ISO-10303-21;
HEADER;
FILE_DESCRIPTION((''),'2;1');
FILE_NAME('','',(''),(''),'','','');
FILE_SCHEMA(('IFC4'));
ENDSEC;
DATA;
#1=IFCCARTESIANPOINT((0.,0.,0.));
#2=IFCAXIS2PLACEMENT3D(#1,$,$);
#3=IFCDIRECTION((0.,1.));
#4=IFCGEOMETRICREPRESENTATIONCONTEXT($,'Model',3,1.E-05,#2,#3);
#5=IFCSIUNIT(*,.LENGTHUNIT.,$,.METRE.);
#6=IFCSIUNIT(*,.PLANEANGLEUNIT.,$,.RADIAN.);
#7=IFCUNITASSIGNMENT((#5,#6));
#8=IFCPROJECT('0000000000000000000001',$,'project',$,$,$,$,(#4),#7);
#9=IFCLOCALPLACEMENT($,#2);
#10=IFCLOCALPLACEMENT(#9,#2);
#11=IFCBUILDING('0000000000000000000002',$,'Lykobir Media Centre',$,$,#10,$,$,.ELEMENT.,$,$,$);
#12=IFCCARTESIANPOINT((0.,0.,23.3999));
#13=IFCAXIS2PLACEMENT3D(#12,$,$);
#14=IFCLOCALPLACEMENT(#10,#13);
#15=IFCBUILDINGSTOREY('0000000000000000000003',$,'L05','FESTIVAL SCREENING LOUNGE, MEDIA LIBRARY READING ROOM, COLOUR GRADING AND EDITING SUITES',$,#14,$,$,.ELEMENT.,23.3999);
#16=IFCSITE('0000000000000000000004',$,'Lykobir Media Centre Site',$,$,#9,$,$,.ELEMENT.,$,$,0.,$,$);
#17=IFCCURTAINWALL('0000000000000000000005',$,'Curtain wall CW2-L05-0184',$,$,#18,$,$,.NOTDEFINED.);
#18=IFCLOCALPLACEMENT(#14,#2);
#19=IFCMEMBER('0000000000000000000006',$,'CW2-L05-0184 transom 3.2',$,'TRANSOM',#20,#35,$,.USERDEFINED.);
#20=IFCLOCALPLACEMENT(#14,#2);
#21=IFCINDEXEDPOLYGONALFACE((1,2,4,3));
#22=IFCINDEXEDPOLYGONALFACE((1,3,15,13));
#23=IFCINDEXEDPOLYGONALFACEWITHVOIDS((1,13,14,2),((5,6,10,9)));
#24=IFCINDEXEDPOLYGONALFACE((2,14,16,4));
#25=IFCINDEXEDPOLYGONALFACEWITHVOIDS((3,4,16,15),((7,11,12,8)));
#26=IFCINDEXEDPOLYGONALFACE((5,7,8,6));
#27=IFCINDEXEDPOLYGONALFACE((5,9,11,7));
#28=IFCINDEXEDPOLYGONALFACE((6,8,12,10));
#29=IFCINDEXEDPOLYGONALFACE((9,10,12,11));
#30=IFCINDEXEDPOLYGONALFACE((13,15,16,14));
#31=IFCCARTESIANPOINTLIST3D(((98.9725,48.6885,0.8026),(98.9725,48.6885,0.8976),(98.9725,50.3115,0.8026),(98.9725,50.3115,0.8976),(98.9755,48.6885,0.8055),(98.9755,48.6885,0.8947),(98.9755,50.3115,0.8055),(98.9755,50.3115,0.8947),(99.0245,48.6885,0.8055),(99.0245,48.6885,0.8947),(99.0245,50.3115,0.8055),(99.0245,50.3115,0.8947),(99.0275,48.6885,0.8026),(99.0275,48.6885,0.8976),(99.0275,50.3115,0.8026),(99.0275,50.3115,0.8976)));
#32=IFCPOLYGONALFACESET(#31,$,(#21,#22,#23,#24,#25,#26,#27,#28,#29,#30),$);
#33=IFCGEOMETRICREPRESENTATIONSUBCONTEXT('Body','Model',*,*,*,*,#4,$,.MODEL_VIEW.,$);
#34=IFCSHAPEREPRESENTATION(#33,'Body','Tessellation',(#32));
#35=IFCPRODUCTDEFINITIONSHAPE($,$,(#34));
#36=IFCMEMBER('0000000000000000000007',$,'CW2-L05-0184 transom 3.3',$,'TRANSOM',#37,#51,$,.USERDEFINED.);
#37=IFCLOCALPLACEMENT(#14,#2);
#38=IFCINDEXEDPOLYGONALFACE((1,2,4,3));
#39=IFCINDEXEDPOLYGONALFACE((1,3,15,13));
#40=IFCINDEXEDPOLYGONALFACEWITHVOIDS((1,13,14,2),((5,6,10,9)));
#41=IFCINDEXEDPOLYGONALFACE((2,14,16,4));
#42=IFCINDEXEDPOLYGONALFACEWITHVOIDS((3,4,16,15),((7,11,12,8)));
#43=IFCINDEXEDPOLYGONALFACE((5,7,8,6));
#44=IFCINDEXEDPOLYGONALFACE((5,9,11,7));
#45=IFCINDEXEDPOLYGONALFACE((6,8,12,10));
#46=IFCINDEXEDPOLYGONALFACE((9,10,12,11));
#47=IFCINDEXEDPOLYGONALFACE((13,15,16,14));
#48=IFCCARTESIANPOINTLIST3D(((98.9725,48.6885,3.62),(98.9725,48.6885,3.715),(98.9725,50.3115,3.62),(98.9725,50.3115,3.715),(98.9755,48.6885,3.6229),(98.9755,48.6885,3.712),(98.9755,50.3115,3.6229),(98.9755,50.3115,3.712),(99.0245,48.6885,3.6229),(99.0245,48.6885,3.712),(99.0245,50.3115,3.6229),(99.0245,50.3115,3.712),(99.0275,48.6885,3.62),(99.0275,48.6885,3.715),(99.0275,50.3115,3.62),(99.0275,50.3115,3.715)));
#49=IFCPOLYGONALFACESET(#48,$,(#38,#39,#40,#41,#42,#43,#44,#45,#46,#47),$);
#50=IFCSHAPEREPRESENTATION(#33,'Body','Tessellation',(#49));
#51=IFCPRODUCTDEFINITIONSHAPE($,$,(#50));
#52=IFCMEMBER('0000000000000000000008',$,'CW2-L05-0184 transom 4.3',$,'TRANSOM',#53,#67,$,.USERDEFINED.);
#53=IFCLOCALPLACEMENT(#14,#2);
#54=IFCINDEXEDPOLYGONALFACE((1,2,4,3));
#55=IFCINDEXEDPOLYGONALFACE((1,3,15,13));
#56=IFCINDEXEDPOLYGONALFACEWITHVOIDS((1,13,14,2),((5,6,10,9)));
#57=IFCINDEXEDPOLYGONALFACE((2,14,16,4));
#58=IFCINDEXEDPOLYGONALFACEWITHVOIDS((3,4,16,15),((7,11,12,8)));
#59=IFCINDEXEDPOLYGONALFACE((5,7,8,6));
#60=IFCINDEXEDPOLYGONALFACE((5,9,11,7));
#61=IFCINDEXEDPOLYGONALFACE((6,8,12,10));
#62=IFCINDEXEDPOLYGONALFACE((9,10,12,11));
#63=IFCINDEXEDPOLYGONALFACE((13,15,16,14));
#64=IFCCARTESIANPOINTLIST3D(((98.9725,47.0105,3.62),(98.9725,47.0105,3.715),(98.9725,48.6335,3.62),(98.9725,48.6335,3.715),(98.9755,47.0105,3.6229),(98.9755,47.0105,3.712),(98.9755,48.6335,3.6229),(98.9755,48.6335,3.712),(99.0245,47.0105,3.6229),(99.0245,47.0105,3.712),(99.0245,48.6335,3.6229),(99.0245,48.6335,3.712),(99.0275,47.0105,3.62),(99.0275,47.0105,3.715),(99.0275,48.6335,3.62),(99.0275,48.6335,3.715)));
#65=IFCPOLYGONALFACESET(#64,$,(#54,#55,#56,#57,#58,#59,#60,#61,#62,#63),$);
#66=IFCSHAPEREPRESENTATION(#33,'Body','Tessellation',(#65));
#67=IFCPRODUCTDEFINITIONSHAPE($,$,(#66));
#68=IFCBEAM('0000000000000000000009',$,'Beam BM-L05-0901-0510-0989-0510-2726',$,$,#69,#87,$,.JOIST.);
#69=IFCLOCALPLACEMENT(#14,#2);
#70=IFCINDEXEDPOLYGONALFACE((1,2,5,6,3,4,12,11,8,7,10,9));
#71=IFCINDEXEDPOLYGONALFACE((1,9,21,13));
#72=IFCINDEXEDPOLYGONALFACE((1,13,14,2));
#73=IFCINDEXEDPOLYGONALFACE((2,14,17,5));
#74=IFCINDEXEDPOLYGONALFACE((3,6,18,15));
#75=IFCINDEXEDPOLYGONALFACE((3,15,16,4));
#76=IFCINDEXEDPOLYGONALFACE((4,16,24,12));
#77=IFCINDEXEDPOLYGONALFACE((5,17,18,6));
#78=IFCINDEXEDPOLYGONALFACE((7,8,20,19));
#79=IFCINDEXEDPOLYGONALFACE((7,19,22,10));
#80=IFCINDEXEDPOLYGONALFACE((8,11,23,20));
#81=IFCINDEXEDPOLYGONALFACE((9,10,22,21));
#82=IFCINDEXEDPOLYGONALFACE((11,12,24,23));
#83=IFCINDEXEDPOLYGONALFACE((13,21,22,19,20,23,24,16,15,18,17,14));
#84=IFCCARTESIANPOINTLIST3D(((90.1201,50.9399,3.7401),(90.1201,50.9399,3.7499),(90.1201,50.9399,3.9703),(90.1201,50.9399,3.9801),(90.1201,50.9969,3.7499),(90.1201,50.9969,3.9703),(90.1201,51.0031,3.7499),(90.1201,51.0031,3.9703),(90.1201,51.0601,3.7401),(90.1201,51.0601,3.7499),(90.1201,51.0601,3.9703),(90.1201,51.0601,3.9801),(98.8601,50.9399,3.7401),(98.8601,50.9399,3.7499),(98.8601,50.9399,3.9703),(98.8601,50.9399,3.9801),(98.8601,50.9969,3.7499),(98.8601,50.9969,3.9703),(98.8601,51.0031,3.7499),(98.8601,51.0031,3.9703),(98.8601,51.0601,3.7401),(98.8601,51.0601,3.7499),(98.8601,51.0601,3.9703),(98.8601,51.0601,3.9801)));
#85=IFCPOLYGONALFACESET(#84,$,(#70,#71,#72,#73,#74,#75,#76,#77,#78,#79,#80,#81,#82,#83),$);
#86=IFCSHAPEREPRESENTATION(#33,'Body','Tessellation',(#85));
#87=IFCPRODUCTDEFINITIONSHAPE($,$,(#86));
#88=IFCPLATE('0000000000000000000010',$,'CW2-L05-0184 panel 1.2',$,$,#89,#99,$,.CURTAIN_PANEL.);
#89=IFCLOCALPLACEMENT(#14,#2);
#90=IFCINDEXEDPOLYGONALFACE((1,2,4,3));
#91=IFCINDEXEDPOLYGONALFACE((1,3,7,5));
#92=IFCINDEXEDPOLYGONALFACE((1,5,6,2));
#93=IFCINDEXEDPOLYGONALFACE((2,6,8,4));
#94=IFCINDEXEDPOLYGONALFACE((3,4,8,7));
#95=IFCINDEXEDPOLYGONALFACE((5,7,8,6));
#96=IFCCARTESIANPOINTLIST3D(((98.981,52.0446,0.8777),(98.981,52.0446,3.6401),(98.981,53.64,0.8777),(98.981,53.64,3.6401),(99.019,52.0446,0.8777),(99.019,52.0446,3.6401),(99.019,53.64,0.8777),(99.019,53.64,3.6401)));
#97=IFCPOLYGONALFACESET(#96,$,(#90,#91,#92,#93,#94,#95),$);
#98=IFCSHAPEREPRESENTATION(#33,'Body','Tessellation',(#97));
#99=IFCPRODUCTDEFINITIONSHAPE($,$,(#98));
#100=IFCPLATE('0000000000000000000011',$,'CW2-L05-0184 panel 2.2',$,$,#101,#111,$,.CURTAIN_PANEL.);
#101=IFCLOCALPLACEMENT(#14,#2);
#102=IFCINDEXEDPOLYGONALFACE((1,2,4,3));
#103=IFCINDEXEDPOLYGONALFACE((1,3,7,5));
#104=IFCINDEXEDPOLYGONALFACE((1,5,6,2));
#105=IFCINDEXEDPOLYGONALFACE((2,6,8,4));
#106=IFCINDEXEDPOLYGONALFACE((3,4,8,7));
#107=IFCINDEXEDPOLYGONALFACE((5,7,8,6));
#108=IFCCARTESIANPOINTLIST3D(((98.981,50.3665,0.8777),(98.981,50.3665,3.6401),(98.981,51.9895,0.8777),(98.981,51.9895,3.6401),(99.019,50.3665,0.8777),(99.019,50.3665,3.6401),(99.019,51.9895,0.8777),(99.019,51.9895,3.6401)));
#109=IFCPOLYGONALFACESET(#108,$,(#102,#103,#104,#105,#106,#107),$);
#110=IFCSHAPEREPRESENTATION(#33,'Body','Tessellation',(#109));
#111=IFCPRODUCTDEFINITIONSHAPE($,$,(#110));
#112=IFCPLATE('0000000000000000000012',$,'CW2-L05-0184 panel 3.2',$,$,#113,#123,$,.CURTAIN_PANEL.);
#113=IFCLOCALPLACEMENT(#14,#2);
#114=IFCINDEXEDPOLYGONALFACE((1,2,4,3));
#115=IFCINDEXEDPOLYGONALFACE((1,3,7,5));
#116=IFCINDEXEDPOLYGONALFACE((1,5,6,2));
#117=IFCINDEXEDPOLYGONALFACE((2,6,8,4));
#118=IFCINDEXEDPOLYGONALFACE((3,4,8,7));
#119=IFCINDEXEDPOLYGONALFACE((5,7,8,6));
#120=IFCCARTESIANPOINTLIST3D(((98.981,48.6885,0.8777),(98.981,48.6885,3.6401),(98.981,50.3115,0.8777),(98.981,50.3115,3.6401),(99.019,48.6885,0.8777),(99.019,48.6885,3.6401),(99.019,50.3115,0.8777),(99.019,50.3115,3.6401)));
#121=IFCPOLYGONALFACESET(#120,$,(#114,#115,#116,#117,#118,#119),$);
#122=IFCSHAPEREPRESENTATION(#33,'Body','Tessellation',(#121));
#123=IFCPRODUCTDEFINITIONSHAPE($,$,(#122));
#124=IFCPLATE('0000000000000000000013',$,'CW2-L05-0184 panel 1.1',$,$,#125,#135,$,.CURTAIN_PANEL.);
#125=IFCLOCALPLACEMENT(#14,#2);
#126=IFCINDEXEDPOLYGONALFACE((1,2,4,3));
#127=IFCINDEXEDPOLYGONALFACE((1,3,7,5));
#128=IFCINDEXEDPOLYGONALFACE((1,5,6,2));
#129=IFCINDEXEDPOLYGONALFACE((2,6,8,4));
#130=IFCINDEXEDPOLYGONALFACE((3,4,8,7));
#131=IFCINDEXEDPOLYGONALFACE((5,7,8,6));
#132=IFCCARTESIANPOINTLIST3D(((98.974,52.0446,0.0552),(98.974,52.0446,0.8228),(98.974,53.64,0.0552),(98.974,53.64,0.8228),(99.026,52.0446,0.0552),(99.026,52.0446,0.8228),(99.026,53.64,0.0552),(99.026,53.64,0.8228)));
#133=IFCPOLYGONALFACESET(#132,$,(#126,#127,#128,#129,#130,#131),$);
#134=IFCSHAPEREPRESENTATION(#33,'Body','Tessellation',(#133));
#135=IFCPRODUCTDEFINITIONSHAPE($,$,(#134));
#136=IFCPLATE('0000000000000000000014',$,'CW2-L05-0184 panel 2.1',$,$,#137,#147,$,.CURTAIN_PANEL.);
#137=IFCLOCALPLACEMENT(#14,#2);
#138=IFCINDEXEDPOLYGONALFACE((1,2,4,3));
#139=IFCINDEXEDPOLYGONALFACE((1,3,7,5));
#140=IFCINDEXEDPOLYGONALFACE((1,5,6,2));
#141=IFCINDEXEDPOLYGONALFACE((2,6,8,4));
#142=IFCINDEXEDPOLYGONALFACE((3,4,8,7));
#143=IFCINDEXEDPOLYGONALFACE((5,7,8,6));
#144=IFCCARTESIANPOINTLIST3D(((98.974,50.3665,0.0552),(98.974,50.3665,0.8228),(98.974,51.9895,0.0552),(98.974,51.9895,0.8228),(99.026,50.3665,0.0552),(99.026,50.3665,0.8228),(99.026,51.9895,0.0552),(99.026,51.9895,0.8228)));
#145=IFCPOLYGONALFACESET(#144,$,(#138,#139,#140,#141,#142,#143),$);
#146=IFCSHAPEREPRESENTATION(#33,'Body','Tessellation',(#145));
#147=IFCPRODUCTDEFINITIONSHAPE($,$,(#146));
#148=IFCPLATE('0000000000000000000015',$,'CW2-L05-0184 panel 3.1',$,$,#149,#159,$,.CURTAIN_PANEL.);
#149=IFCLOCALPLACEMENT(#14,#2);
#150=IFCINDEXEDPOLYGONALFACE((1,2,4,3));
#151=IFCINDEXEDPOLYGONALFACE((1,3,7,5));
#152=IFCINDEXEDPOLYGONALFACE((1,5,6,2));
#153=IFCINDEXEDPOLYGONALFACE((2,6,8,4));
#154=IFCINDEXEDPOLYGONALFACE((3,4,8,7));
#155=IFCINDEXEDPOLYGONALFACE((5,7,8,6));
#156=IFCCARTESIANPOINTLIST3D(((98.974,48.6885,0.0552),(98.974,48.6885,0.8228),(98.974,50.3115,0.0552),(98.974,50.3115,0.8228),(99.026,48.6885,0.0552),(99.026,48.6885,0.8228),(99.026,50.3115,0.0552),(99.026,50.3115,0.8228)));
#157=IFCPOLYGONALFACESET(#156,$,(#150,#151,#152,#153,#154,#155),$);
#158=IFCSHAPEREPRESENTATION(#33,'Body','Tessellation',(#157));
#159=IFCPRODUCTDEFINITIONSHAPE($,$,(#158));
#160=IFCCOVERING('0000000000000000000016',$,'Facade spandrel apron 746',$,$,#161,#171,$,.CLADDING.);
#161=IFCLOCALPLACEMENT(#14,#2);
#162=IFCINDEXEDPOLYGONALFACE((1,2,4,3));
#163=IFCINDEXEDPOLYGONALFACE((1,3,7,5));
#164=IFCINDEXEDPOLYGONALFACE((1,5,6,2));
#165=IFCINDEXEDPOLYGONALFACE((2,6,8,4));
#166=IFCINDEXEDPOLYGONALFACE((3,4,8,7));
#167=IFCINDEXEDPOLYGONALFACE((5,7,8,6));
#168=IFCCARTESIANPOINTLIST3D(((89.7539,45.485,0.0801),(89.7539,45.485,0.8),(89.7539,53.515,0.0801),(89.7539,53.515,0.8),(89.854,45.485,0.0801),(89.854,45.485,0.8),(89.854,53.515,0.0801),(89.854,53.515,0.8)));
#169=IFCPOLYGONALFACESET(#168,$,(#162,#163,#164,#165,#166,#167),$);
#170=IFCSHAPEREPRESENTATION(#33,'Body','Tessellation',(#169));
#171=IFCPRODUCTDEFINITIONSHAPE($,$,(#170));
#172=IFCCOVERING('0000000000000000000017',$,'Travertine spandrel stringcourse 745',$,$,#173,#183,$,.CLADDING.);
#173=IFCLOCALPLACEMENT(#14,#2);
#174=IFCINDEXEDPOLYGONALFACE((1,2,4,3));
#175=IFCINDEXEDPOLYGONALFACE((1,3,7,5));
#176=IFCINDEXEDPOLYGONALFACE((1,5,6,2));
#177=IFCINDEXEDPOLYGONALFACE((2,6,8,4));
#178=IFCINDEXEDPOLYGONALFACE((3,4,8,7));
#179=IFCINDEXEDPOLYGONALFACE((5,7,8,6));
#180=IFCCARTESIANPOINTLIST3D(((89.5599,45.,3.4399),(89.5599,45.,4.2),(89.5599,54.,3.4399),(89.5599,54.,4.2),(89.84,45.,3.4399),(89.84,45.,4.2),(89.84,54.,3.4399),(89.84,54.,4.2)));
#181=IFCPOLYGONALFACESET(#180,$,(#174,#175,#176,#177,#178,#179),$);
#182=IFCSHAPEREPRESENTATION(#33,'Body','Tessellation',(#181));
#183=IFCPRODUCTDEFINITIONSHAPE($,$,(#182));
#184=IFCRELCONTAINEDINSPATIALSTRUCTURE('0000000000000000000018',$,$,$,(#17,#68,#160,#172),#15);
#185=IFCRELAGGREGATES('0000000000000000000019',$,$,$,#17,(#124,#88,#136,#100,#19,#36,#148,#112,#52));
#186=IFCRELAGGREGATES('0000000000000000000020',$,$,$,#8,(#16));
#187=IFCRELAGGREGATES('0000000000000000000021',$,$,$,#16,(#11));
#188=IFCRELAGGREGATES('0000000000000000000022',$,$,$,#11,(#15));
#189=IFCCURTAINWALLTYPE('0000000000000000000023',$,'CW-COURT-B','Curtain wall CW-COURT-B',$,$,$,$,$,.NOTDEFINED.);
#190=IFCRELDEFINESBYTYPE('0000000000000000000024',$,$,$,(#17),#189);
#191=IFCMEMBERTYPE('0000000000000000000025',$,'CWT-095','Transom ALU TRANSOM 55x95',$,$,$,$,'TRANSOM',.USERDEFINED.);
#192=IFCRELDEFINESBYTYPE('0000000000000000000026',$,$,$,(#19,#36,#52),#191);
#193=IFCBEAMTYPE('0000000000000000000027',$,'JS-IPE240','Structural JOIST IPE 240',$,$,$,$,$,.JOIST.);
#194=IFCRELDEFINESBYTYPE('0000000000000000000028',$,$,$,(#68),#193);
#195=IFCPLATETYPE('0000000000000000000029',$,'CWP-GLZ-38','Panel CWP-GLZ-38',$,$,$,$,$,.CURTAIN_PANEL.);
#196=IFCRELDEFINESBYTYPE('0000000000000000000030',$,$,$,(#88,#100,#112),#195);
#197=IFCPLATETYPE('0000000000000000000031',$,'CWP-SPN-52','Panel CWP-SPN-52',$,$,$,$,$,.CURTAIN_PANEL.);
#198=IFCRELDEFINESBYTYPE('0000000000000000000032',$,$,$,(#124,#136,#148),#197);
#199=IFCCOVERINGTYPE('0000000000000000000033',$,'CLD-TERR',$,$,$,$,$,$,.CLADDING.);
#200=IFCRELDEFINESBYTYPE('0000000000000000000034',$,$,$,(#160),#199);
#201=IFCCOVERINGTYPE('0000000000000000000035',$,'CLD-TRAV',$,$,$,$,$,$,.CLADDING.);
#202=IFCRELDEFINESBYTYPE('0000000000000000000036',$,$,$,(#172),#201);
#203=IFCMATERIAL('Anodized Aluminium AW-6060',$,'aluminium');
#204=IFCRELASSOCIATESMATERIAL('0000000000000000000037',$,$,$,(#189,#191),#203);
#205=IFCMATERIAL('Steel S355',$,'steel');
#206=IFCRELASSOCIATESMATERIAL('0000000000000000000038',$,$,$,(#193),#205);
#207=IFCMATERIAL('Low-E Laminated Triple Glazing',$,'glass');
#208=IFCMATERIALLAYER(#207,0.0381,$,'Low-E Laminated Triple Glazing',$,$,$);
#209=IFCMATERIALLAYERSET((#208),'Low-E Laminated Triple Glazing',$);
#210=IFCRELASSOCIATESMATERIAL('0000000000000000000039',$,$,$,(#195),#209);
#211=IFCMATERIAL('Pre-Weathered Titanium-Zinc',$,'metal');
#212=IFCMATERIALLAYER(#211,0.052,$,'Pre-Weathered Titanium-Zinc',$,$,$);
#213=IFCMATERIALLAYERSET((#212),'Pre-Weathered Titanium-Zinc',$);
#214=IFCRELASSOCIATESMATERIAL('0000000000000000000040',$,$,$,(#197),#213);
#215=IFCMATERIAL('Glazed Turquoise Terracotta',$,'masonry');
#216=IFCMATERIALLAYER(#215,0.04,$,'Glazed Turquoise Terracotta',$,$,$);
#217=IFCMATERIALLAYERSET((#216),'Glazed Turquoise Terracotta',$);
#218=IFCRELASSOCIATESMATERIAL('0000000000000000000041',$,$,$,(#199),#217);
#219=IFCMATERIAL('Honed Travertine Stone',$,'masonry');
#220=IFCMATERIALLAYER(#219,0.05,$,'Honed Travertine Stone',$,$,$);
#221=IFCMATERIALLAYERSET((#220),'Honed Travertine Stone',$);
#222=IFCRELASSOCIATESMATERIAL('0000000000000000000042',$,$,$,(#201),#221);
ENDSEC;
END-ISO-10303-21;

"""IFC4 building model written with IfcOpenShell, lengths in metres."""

from ifc_helpers import new_model, si_unit, direction, frame, origin, origin_2d, place, context, subcontext, project, spatial, rectangle, hollow_rectangle, i_section, extrude, material, layer, layer_set, material_profile, profile_set, type_object, element, aggregate, save


model = new_model("IFC4")

# Units and contexts
model_context = context("Model", 3, precision=1e-05, world=origin(), true_north=direction((0.0, 1.0)))
body_context = subcontext(model_context, "Body", "Model", "MODEL_VIEW")
ifc_project = project(units=[si_unit("LENGTHUNIT", "METRE"), si_unit("PLANEANGLEUNIT", "RADIAN")], contexts=[model_context])

# Site, building, storey
site_placement = place(None, origin())
site = spatial("IfcSite", under=ifc_project, at=site_placement, Name="Lykobir Media Centre Site", CompositionType="ELEMENT", RefElevation=0.0)
building_placement = place(site_placement, origin())
building = spatial("IfcBuilding", under=site, at=building_placement, Name="Lykobir Media Centre", CompositionType="ELEMENT")
storey_placement = place(building_placement, frame((0.0, 0.0, 23.3999)))
storey = spatial("IfcBuildingStorey", under=building, at=storey_placement, Name="L05", Description="FESTIVAL SCREENING LOUNGE, MEDIA LIBRARY READING ROOM, COLOUR GRADING AND EDITING SUITES", CompositionType="ELEMENT", Elevation=23.3999)

# Curtain wall, members
ifc_material_1 = material(Name="Anodized Aluminium AW-6060", Category="aluminium")
curtain_wall_type = type_object("IfcCurtainWallType", Name="CW-COURT-B", Description="Curtain wall CW-COURT-B", PredefinedType="NOTDEFINED", material=ifc_material_1)
curtain_wall_placement = place(storey_placement, origin())
curtain_wall = element("IfcCurtainWall", 1, at=curtain_wall_placement, inside=storey, type_object=curtain_wall_type, Name="Curtain wall CW2-L05-0184", PredefinedType="NOTDEFINED")
ifc_material_profile_1 = material_profile(ifc_material_1, hollow_rectangle(XDim=0.0549, YDim=0.095, WallThickness=0.0029, at=origin_2d()), Name="ALU TRANSOM 55x95")
ifc_profile_set_1 = profile_set([ifc_material_profile_1], Name="Anodized Aluminium AW-6060")
member_type_1 = type_object("IfcMemberType", Name="CWT-095", Description="Transom ALU TRANSOM 55x95", ElementType="TRANSOM", PredefinedType="USERDEFINED", material=ifc_profile_set_1)
member_1_placement = place(storey_placement, frame((99.0, 50.3115, 0.8501), z_axis=(0.0, -1.0, 0.0), x_axis=(1.0, 0.0, 0.0)))
member_1 = element("IfcMember", 2, at=member_1_placement, type_object=member_type_1, Name="CW2-L05-0184 transom 3.2", ObjectType="TRANSOM", PredefinedType="USERDEFINED", context=body_context, shape_type="SweptSolid", body=[
    extrude(hollow_rectangle(XDim=0.0549, YDim=0.095, WallThickness=0.0029, at=origin_2d()), origin(), (0.0, 0.0, 1.0), 1.623),
])
member_2_placement = place(storey_placement, frame((99.0, 50.3115, 3.6675), z_axis=(0.0, -1.0, 0.0), x_axis=(1.0, 0.0, 0.0)))
member_2 = element("IfcMember", 3, at=member_2_placement, type_object=member_type_1, Name="CW2-L05-0184 transom 3.3", ObjectType="TRANSOM", PredefinedType="USERDEFINED", context=body_context, shape_type="SweptSolid", body=[
    extrude(hollow_rectangle(XDim=0.0549, YDim=0.095, WallThickness=0.0029, at=origin_2d()), origin(), (0.0, 0.0, 1.0), 1.623),
])
member_3_placement = place(storey_placement, frame((99.0, 48.6335, 3.6675), z_axis=(0.0, -1.0, 0.0), x_axis=(1.0, 0.0, 0.0)))
member_3 = element("IfcMember", 4, at=member_3_placement, type_object=member_type_1, Name="CW2-L05-0184 transom 4.3", ObjectType="TRANSOM", PredefinedType="USERDEFINED", context=body_context, shape_type="SweptSolid", body=[
    extrude(hollow_rectangle(XDim=0.0549, YDim=0.095, WallThickness=0.0029, at=origin_2d()), origin(), (0.0, 0.0, 1.0), 1.623),
])

# Beam
ifc_material_2 = material(Name="Steel S355", Category="steel")
ifc_material_profile_2 = material_profile(ifc_material_2, i_section(OverallWidth=0.1201, OverallDepth=0.24, WebThickness=0.0061, FlangeThickness=0.0098, at=origin_2d()), Name="IPE 240")
ifc_profile_set_2 = profile_set([ifc_material_profile_2], Name="Steel S355")
beam_type = type_object("IfcBeamType", Name="JS-IPE240", Description="Structural JOIST IPE 240", PredefinedType="JOIST", material=ifc_profile_set_2)
beam_placement = place(storey_placement, frame((90.1201, 51.0, 3.8601), z_axis=(1.0, 0.0, 0.0), x_axis=(0.0, 1.0, 0.0)))
element("IfcBeam", 5, at=beam_placement, inside=storey, type_object=beam_type, Name="Beam BM-L05-0901-0510-0989-0510-2726", PredefinedType="JOIST", context=body_context, shape_type="SweptSolid", body=[
    extrude(i_section(OverallWidth=0.1201, OverallDepth=0.24, WebThickness=0.0061, FlangeThickness=0.0098, at=origin_2d()), origin(), (0.0, 0.0, 1.0), 8.74),
])

# Plates
ifc_material_3 = material(Name="Low-E Laminated Triple Glazing", Category="glass")
ifc_layer_1 = layer(ifc_material_3, 0.0381, Name="Low-E Laminated Triple Glazing")
ifc_layer_set_1 = layer_set([ifc_layer_1], Name="Low-E Laminated Triple Glazing")
plate_type_1 = type_object("IfcPlateType", Name="CWP-GLZ-38", Description="Panel CWP-GLZ-38", PredefinedType="CURTAIN_PANEL", material=ifc_layer_set_1)
plate_1_placement = place(storey_placement, frame((99.0, 52.8423, 0.8777), z_axis=(0.0, 0.0, 1.0), x_axis=(0.0, -1.0, 0.0)))
plate_1 = element("IfcPlate", 6, at=plate_1_placement, type_object=plate_type_1, Name="CW2-L05-0184 panel 1.2", PredefinedType="CURTAIN_PANEL", context=body_context, shape_type="SweptSolid", body=[
    extrude(rectangle(XDim=1.5955, YDim=0.0381, at=origin_2d()), origin(), (0.0, 0.0, 1.0), 2.7625),
])
plate_2_placement = place(storey_placement, frame((99.0, 51.178, 0.8777), z_axis=(0.0, 0.0, 1.0), x_axis=(0.0, -1.0, 0.0)))
plate_2 = element("IfcPlate", 7, at=plate_2_placement, type_object=plate_type_1, Name="CW2-L05-0184 panel 2.2", PredefinedType="CURTAIN_PANEL", context=body_context, shape_type="SweptSolid", body=[
    extrude(rectangle(XDim=1.623, YDim=0.0381, at=origin_2d()), origin(), (0.0, 0.0, 1.0), 2.7625),
])
plate_3_placement = place(storey_placement, frame((99.0, 49.5, 0.8777), z_axis=(0.0, 0.0, 1.0), x_axis=(0.0, -1.0, 0.0)))
plate_3 = element("IfcPlate", 8, at=plate_3_placement, type_object=plate_type_1, Name="CW2-L05-0184 panel 3.2", PredefinedType="CURTAIN_PANEL", context=body_context, shape_type="SweptSolid", body=[
    extrude(rectangle(XDim=1.623, YDim=0.0381, at=origin_2d()), origin(), (0.0, 0.0, 1.0), 2.7625),
])
ifc_material_4 = material(Name="Pre-Weathered Titanium-Zinc", Category="metal")
ifc_layer_2 = layer(ifc_material_4, 0.052, Name="Pre-Weathered Titanium-Zinc")
ifc_layer_set_2 = layer_set([ifc_layer_2], Name="Pre-Weathered Titanium-Zinc")
plate_type_2 = type_object("IfcPlateType", Name="CWP-SPN-52", Description="Panel CWP-SPN-52", PredefinedType="CURTAIN_PANEL", material=ifc_layer_set_2)
plate_4_placement = place(storey_placement, frame((99.0, 52.8423, 0.0552), z_axis=(0.0, 0.0, 1.0), x_axis=(0.0, -1.0, 0.0)))
plate_4 = element("IfcPlate", 9, at=plate_4_placement, type_object=plate_type_2, Name="CW2-L05-0184 panel 1.1", PredefinedType="CURTAIN_PANEL", context=body_context, shape_type="SweptSolid", body=[
    extrude(rectangle(XDim=1.5955, YDim=0.052, at=origin_2d()), origin(), (0.0, 0.0, 1.0), 0.7676),
])
plate_5_placement = place(storey_placement, frame((99.0, 51.178, 0.0552), z_axis=(0.0, 0.0, 1.0), x_axis=(0.0, -1.0, 0.0)))
plate_5 = element("IfcPlate", 10, at=plate_5_placement, type_object=plate_type_2, Name="CW2-L05-0184 panel 2.1", PredefinedType="CURTAIN_PANEL", context=body_context, shape_type="SweptSolid", body=[
    extrude(rectangle(XDim=1.623, YDim=0.052, at=origin_2d()), origin(), (0.0, 0.0, 1.0), 0.7676),
])
plate_6_placement = place(storey_placement, frame((99.0, 49.5, 0.0552), z_axis=(0.0, 0.0, 1.0), x_axis=(0.0, -1.0, 0.0)))
plate_6 = element("IfcPlate", 11, at=plate_6_placement, type_object=plate_type_2, Name="CW2-L05-0184 panel 3.1", PredefinedType="CURTAIN_PANEL", context=body_context, shape_type="SweptSolid", body=[
    extrude(rectangle(XDim=1.623, YDim=0.052, at=origin_2d()), origin(), (0.0, 0.0, 1.0), 0.7676),
])
aggregate(curtain_wall, [plate_4, plate_1, plate_5, plate_2, member_1, member_2, plate_6, plate_3, member_3])

# Coverings
ifc_material_5 = material(Name="Glazed Turquoise Terracotta", Category="masonry")
ifc_layer_3 = layer(ifc_material_5, 0.04, Name="Glazed Turquoise Terracotta")
ifc_layer_set_3 = layer_set([ifc_layer_3], Name="Glazed Turquoise Terracotta")
covering_type_1 = type_object("IfcCoveringType", Name="CLD-TERR", PredefinedType="CLADDING", material=ifc_layer_set_3)
covering_1_placement = place(storey_placement, frame((89.804, 49.5, 0.0801), z_axis=(0.0, 0.0, 1.0), x_axis=(0.0, -1.0, 0.0)))
element("IfcCovering", 12, at=covering_1_placement, inside=storey, type_object=covering_type_1, Name="Facade spandrel apron 746", PredefinedType="CLADDING", context=body_context, shape_type="SweptSolid", body=[
    extrude(rectangle(XDim=8.03, YDim=0.1001, at=origin_2d()), origin(), (0.0, 0.0, 1.0), 0.72),
])
ifc_material_6 = material(Name="Honed Travertine Stone", Category="masonry")
ifc_layer_4 = layer(ifc_material_6, 0.05, Name="Honed Travertine Stone")
ifc_layer_set_4 = layer_set([ifc_layer_4], Name="Honed Travertine Stone")
covering_type_2 = type_object("IfcCoveringType", Name="CLD-TRAV", PredefinedType="CLADDING", material=ifc_layer_set_4)
covering_2_placement = place(storey_placement, frame((89.7, 49.5, 3.4399), z_axis=(0.0, 0.0, 1.0), x_axis=(0.0, -1.0, 0.0)))
element("IfcCovering", 13, at=covering_2_placement, inside=storey, type_object=covering_type_2, Name="Travertine spandrel stringcourse 745", PredefinedType="CLADDING", context=body_context, shape_type="SweptSolid", body=[
    extrude(rectangle(XDim=9.0, YDim=0.28, at=origin_2d()), origin(), (0.0, 0.0, 1.0), 0.76),
])

save(model, "model.ifc")
